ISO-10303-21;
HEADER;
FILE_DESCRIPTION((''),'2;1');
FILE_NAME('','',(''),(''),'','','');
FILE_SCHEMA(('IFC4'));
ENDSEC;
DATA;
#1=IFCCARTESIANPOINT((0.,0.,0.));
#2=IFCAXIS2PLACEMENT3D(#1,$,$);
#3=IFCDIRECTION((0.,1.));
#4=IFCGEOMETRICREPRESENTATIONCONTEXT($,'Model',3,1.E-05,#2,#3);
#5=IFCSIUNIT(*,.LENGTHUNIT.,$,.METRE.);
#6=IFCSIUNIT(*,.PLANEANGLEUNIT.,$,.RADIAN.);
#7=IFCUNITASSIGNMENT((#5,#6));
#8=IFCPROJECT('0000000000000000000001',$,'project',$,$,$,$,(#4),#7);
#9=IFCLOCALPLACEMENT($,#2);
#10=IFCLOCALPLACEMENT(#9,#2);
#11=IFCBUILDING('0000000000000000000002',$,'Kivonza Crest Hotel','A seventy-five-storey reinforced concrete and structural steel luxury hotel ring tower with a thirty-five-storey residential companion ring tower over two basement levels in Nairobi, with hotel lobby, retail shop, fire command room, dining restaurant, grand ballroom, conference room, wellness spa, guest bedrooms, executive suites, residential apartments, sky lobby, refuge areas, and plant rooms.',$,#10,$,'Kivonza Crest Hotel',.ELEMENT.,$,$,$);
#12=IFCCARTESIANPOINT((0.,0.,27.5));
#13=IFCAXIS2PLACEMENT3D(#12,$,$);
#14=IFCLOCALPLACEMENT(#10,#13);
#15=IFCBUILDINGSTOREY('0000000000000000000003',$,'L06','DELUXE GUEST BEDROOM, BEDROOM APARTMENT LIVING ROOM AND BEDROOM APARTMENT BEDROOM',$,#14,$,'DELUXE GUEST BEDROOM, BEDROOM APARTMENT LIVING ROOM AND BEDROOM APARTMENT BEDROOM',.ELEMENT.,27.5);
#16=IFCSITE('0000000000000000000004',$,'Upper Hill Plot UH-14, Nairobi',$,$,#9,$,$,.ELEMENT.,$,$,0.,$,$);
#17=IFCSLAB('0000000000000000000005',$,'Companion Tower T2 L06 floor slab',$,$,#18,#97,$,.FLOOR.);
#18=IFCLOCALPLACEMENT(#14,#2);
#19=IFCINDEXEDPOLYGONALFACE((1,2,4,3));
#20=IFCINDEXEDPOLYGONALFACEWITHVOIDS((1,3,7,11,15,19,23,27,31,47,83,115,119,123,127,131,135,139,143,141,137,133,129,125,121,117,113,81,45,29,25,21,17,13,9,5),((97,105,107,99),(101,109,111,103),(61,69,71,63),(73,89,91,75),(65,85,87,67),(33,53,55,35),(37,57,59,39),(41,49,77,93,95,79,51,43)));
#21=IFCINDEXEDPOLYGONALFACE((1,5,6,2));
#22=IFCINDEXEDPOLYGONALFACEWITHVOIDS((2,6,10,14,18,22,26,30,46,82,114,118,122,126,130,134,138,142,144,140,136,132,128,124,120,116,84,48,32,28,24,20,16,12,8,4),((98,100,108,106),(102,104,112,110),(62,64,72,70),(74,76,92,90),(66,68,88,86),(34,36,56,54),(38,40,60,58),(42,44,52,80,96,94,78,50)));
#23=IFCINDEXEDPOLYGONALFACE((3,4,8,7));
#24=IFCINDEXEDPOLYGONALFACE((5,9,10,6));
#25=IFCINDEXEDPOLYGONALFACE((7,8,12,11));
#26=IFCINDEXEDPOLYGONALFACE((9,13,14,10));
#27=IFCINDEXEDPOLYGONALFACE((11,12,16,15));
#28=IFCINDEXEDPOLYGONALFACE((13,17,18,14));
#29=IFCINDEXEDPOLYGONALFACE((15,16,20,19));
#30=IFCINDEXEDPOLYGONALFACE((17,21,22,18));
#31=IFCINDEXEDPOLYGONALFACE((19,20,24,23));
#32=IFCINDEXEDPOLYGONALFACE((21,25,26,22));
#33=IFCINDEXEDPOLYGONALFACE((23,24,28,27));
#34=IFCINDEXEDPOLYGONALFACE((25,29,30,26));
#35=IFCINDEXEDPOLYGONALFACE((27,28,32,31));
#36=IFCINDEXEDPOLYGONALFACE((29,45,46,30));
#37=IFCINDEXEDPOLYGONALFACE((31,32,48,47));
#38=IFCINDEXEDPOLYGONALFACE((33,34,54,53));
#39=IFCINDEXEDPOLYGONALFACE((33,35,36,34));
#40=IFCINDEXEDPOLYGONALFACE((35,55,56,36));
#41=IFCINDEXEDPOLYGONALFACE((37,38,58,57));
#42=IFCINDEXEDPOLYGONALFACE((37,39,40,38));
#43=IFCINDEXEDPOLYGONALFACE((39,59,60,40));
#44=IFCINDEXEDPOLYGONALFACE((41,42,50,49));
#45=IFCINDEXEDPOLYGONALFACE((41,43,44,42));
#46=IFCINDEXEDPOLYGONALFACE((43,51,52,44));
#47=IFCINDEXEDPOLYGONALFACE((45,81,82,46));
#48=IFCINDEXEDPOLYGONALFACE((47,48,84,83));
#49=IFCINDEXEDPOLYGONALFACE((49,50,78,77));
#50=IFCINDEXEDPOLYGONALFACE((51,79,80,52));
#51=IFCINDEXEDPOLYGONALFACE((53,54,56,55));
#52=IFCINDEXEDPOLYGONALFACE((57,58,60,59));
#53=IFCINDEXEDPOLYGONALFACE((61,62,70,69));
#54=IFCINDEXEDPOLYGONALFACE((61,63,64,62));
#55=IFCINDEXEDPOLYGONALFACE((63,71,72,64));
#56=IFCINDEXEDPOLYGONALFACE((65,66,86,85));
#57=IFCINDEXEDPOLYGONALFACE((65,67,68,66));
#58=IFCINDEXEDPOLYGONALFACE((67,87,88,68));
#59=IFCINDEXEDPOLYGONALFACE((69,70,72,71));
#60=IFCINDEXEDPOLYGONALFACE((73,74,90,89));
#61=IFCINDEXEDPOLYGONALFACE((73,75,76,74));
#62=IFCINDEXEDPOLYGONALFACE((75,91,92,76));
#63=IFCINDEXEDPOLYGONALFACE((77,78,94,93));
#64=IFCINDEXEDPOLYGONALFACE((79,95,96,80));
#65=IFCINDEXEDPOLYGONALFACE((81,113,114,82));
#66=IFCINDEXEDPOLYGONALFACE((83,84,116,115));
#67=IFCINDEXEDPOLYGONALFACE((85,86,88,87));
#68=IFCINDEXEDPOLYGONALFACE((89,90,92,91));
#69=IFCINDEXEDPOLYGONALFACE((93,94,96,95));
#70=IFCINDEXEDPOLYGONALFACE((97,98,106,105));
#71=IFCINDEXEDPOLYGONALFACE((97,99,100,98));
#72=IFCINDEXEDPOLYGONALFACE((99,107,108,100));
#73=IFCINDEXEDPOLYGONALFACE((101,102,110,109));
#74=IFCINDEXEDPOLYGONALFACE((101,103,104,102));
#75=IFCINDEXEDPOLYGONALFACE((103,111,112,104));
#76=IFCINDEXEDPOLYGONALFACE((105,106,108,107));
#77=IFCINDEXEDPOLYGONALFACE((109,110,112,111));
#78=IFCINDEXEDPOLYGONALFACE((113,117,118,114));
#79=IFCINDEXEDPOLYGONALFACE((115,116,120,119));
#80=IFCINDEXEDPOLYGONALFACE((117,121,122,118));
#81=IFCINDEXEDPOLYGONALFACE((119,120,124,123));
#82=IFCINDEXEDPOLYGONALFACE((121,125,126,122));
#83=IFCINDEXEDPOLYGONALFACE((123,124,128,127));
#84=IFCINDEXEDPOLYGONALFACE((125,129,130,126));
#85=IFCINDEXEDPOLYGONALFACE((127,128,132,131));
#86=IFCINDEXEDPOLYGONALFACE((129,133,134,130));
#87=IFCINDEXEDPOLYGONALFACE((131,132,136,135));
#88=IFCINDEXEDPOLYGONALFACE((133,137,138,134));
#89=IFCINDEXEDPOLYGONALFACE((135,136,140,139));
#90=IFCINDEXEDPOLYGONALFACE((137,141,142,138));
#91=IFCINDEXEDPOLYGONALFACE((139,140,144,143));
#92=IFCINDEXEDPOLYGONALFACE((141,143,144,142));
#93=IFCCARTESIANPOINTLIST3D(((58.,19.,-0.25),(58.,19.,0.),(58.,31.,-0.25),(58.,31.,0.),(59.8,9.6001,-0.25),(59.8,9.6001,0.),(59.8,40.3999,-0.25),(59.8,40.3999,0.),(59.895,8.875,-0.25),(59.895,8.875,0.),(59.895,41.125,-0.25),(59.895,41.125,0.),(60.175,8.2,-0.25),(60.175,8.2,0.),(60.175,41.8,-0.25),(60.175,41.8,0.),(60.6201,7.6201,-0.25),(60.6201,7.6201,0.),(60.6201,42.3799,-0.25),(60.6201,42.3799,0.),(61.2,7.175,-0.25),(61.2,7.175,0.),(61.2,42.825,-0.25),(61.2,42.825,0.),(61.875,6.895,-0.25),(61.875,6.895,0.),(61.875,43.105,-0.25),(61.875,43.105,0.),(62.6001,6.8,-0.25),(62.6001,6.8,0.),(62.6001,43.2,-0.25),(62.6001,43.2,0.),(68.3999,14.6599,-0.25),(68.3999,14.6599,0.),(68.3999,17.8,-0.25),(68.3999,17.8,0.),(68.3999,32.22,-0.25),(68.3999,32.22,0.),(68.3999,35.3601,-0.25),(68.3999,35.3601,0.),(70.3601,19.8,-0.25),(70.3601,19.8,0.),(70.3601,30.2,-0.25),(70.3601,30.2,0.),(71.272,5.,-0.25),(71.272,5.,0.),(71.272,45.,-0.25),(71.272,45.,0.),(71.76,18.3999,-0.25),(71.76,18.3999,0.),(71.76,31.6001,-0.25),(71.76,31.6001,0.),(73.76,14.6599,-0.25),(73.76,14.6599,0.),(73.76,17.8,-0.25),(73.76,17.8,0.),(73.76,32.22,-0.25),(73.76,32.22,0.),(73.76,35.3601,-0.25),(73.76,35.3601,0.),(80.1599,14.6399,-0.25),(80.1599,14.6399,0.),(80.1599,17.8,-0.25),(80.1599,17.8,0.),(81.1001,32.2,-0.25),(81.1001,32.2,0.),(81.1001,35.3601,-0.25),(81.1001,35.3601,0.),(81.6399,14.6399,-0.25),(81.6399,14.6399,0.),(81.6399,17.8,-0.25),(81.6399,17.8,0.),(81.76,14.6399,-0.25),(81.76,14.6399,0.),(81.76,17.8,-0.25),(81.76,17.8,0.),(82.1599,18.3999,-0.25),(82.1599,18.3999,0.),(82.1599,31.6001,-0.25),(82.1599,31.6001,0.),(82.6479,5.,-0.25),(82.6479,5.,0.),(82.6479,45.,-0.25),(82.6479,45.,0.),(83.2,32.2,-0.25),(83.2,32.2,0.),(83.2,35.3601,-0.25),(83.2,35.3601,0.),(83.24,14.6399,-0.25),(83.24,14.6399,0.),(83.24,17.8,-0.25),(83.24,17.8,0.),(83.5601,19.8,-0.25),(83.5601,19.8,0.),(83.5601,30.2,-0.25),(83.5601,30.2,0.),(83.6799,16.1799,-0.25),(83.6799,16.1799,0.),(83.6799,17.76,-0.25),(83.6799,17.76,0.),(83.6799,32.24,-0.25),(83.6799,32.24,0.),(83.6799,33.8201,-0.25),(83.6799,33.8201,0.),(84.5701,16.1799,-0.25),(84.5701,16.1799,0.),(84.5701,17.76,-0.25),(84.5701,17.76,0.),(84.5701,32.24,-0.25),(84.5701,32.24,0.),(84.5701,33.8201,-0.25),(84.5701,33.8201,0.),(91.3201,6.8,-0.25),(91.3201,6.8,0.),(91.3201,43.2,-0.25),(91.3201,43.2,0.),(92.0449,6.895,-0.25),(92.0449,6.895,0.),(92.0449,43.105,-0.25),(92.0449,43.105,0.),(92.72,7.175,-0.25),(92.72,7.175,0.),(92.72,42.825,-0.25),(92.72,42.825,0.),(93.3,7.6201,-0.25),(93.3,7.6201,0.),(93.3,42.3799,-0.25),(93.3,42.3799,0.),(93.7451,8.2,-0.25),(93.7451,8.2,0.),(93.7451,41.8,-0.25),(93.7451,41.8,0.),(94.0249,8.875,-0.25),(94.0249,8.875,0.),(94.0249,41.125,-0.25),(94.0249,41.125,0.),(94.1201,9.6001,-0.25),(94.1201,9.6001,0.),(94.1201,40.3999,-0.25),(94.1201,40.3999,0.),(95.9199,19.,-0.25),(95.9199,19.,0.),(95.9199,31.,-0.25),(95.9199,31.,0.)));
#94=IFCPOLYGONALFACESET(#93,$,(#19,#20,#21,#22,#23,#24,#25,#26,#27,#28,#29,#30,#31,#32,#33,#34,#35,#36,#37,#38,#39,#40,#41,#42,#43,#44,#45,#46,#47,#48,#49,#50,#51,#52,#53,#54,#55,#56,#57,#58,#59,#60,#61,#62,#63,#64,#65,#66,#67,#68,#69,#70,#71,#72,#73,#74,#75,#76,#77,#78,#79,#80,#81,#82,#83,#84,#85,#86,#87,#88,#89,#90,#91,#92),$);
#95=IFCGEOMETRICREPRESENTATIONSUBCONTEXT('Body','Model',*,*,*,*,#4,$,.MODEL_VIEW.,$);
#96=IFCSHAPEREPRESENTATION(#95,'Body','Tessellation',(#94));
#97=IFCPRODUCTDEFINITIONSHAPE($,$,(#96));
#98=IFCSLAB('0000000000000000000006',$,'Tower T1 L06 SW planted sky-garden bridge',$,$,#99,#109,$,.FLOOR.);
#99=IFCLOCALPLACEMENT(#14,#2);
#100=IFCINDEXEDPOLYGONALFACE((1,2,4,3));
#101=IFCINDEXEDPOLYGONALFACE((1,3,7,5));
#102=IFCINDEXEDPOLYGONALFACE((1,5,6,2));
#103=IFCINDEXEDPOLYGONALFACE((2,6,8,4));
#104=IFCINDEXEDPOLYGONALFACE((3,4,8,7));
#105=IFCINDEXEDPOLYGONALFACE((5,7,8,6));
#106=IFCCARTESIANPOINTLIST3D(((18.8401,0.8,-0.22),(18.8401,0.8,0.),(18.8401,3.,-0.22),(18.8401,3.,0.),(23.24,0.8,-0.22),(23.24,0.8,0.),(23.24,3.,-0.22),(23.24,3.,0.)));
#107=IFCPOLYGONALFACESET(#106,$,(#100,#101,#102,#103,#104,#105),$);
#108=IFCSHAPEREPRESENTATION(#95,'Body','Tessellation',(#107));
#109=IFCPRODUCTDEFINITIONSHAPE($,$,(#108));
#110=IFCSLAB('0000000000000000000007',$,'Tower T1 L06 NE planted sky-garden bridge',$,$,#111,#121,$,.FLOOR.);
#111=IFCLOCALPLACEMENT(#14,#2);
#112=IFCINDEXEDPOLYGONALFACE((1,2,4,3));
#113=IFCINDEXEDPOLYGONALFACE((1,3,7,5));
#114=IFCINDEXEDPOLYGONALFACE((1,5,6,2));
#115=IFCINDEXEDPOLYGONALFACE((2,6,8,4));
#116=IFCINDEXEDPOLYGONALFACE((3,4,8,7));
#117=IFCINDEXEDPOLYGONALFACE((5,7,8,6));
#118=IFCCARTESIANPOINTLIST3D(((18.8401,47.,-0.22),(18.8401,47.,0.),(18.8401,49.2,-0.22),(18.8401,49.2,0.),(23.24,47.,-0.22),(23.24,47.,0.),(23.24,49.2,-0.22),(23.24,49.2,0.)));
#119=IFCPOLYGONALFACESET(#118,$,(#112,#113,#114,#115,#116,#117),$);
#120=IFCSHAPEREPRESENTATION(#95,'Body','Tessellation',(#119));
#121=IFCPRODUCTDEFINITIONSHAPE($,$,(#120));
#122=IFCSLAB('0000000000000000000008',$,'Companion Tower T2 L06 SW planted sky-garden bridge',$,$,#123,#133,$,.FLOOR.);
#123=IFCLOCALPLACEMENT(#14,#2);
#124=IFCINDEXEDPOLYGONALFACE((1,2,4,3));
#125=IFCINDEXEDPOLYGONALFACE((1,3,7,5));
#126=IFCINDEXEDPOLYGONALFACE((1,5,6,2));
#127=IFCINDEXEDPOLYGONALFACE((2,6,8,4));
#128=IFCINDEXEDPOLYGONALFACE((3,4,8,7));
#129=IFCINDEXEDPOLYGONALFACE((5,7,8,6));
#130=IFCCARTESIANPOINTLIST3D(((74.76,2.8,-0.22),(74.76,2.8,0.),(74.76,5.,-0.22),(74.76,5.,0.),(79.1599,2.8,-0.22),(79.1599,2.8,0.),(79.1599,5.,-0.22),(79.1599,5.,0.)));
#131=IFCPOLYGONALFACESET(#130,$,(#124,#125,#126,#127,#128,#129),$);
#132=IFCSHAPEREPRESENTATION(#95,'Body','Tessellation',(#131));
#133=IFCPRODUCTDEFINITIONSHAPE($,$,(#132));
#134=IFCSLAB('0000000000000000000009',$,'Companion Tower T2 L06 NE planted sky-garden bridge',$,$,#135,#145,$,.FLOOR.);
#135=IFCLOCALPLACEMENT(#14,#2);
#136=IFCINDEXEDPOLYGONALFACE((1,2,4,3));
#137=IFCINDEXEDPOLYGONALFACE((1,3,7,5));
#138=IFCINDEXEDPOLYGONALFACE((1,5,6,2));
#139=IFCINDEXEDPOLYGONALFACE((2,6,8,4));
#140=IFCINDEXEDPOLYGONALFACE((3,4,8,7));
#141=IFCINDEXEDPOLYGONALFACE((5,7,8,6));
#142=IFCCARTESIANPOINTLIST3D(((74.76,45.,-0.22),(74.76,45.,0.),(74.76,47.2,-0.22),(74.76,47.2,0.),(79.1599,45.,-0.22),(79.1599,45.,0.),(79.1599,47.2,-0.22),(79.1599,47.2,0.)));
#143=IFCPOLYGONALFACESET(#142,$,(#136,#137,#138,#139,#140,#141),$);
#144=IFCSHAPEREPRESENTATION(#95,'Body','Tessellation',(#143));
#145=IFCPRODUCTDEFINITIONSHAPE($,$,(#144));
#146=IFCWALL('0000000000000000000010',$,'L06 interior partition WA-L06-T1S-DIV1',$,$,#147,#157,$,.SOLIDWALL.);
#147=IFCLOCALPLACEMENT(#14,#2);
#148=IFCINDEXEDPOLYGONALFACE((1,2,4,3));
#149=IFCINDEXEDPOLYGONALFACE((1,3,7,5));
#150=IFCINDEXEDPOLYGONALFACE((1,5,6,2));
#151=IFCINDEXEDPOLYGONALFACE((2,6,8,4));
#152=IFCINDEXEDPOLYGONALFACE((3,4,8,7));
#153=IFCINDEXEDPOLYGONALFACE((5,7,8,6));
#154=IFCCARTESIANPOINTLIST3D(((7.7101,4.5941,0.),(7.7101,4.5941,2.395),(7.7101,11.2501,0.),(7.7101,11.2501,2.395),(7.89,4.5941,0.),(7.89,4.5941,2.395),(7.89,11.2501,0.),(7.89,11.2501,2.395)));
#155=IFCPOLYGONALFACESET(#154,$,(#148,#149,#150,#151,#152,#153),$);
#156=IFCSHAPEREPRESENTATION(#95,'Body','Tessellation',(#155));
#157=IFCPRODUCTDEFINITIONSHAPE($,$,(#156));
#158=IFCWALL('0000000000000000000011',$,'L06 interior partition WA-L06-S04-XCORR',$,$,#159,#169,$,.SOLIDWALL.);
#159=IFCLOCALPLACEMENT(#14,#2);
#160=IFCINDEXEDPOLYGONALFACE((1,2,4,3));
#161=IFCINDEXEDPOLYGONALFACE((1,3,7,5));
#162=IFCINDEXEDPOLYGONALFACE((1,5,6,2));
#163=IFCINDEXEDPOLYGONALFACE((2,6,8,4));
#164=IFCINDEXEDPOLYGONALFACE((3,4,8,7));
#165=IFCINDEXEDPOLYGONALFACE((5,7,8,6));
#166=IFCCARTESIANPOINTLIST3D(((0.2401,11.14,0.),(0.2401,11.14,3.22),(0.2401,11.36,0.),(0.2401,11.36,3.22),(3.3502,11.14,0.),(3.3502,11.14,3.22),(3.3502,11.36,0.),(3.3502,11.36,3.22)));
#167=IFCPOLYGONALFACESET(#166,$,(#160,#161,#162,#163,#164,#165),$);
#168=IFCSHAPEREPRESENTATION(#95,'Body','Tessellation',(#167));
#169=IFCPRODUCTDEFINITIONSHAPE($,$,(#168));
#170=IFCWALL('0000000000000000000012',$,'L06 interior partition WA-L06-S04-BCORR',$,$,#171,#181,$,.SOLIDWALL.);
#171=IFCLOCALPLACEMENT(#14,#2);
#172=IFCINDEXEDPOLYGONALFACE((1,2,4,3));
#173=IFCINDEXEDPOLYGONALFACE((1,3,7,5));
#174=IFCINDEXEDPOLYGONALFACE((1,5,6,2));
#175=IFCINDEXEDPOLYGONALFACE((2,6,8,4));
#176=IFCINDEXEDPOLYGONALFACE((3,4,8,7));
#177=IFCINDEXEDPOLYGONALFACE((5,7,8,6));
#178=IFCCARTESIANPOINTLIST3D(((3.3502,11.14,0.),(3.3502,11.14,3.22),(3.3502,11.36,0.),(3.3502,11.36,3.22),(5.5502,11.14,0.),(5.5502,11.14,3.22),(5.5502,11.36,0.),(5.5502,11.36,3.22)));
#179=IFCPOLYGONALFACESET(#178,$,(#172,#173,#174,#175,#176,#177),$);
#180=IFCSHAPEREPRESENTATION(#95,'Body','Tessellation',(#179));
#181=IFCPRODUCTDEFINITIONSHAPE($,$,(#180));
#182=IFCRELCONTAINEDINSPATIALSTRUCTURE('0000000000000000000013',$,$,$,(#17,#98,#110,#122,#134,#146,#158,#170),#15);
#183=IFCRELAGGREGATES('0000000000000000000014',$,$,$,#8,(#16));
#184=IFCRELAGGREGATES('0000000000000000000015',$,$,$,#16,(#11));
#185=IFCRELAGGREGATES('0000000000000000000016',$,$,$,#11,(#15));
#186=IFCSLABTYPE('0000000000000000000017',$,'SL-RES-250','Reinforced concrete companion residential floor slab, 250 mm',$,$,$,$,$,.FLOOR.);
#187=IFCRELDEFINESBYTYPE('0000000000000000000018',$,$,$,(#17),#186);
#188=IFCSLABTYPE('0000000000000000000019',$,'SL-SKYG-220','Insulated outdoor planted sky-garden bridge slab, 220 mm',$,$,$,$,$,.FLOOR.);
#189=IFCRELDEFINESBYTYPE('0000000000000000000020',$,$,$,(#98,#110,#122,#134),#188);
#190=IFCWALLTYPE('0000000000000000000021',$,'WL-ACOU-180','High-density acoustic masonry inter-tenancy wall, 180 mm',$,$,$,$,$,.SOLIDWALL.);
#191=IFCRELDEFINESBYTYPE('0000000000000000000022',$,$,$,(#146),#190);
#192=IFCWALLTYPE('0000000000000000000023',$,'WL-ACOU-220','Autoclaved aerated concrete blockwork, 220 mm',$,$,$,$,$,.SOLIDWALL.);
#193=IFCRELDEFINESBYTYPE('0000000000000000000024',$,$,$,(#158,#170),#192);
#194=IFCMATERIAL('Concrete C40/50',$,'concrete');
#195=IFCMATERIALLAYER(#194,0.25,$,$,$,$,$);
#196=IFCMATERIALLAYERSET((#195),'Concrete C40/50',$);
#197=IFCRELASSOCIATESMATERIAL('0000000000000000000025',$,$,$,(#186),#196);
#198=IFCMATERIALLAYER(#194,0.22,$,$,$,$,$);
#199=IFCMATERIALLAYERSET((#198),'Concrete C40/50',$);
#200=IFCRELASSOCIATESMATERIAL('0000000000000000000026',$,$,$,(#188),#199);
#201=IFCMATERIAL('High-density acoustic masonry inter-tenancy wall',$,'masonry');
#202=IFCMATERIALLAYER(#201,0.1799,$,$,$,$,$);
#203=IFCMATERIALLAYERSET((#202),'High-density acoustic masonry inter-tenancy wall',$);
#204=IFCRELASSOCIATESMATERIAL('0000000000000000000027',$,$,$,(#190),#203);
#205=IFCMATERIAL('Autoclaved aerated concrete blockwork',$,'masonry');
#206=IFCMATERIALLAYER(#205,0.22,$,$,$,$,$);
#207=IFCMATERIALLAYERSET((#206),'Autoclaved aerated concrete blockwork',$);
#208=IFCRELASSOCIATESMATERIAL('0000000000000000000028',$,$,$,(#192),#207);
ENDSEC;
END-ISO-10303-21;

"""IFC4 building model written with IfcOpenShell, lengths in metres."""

from ifc_helpers import new_model, si_unit, direction, frame, frame_2d, origin, place, context, subcontext, project, spatial, polyline, rectangle, outline, extrude, material, layer, layer_set, type_object, element, save


model = new_model("IFC4")

# Units and contexts
model_context = context("Model", 3, precision=1e-05, world=origin(), true_north=direction((0.0, 1.0)))
body_context = subcontext(model_context, "Body", "Model", "MODEL_VIEW")
ifc_project = project(units=[si_unit("LENGTHUNIT", "METRE"), si_unit("PLANEANGLEUNIT", "RADIAN")], contexts=[model_context])

# Site, building, storey
site_placement = place(None, origin())
site = spatial("IfcSite", under=ifc_project, at=site_placement, Name="Upper Hill Plot UH-14, Nairobi", CompositionType="ELEMENT", RefElevation=0.0)
building_placement = place(site_placement, origin())
building = spatial("IfcBuilding", under=site, at=building_placement, Name="Kivonza Crest Hotel", Description="A seventy-five-storey reinforced concrete and structural steel luxury hotel ring tower with a thirty-five-storey residential companion ring tower over two basement levels in Nairobi, with hotel lobby, retail shop, fire command room, dining restaurant, grand ballroom, conference room, wellness spa, guest bedrooms, executive suites, residential apartments, sky lobby, refuge areas, and plant rooms.", LongName="Kivonza Crest Hotel", CompositionType="ELEMENT")
storey_placement = place(building_placement, frame((0.0, 0.0, 27.5)))
storey = spatial("IfcBuildingStorey", under=building, at=storey_placement, Name="L06", Description="DELUXE GUEST BEDROOM, BEDROOM APARTMENT LIVING ROOM AND BEDROOM APARTMENT BEDROOM", LongName="DELUXE GUEST BEDROOM, BEDROOM APARTMENT LIVING ROOM AND BEDROOM APARTMENT BEDROOM", CompositionType="ELEMENT", Elevation=27.5)

# Shared definitions
ifc_material_1 = material(Name="Concrete C40/50", Category="concrete")

# Slabs
ifc_layer_1 = layer(ifc_material_1, 0.25)
ifc_layer_set_1 = layer_set([ifc_layer_1], Name="Concrete C40/50")
slab_type_1 = type_object("IfcSlabType", Name="SL-RES-250", Description="Reinforced concrete companion residential floor slab, 250 mm", PredefinedType="FLOOR", material=ifc_layer_set_1)
slab_1_placement = place(storey_placement, frame((0.0, 0.0, -0.25)))
element("IfcSlab", 1, at=slab_1_placement, inside=storey, type_object=slab_type_1, Name="Companion Tower T2 L06 floor slab", PredefinedType="FLOOR", context=body_context, shape_type="SweptSolid", body=[
    extrude(outline(polyline([(59.8, 9.6001), (59.895, 8.875), (60.175, 8.2), (60.6201, 7.6201), (61.2, 7.175), (61.875, 6.895), (62.6001, 6.8), (71.272, 5.0), (82.6479, 5.0), (91.3201, 6.8), (92.0449, 6.895), (92.72, 7.175), (93.3, 7.6201), (93.7451, 8.2), (94.0249, 8.875), (94.1201, 9.6001), (95.9199, 19.0), (95.9199, 31.0), (94.1201, 40.3999), (94.0249, 41.125), (93.7451, 41.8), (93.3, 42.3799), (92.72, 42.825), (92.0449, 43.105), (91.3201, 43.2), (82.6479, 45.0), (71.272, 45.0), (62.6001, 43.2), (61.875, 43.105), (61.2, 42.825), (60.6201, 42.3799), (60.175, 41.8), (59.895, 41.125), (59.8, 40.3999), (58.0, 31.0), (58.0, 19.0), (59.8, 9.6001)]), holes=[polyline([(71.76, 18.3999), (82.1599, 18.3999), (83.5601, 19.8), (83.5601, 30.2), (82.1599, 31.6001), (71.76, 31.6001), (70.3601, 30.2), (70.3601, 19.8), (71.76, 18.3999)]), polyline([(68.3999, 32.22), (73.76, 32.22), (73.76, 35.3601), (68.3999, 35.3601), (68.3999, 32.22)]), polyline([(68.3999, 14.6599), (73.76, 14.6599), (73.76, 17.8), (68.3999, 17.8), (68.3999, 14.6599)]), polyline([(83.6799, 32.24), (84.5701, 32.24), (84.5701, 33.8201), (83.6799, 33.8201), (83.6799, 32.24)]), polyline([(83.6799, 16.1799), (84.5701, 16.1799), (84.5701, 17.76), (83.6799, 17.76), (83.6799, 16.1799)]), polyline([(81.1001, 32.2), (83.2, 32.2), (83.2, 35.3601), (81.1001, 35.3601), (81.1001, 32.2)]), polyline([(80.1599, 14.6399), (81.6399, 14.6399), (81.6399, 17.8), (80.1599, 17.8), (80.1599, 14.6399)]), polyline([(81.76, 14.6399), (83.24, 14.6399), (83.24, 17.8), (81.76, 17.8), (81.76, 14.6399)])]), origin(), (0.0, 0.0, 1.0), 0.25),
])
ifc_layer_2 = layer(ifc_material_1, 0.22)
ifc_layer_set_2 = layer_set([ifc_layer_2], Name="Concrete C40/50")
slab_type_2 = type_object("IfcSlabType", Name="SL-SKYG-220", Description="Insulated outdoor planted sky-garden bridge slab, 220 mm", PredefinedType="FLOOR", material=ifc_layer_set_2)
slab_2_placement = place(storey_placement, frame((0.0, 0.0, -0.22)))
element("IfcSlab", 2, at=slab_2_placement, inside=storey, type_object=slab_type_2, Name="Tower T1 L06 SW planted sky-garden bridge", PredefinedType="FLOOR", context=body_context, shape_type="SweptSolid", body=[
    extrude(outline(polyline([(18.8401, 0.8), (23.24, 0.8), (23.24, 3.0), (18.8401, 3.0), (18.8401, 0.8)])), origin(), (0.0, 0.0, 1.0), 0.22),
])
slab_3_placement = place(storey_placement, frame((0.0, 0.0, -0.22)))
element("IfcSlab", 3, at=slab_3_placement, inside=storey, type_object=slab_type_2, Name="Tower T1 L06 NE planted sky-garden bridge", PredefinedType="FLOOR", context=body_context, shape_type="SweptSolid", body=[
    extrude(outline(polyline([(18.8401, 47.0), (23.24, 47.0), (23.24, 49.2), (18.8401, 49.2), (18.8401, 47.0)])), origin(), (0.0, 0.0, 1.0), 0.22),
])
slab_4_placement = place(storey_placement, frame((0.0, 0.0, -0.22)))
element("IfcSlab", 4, at=slab_4_placement, inside=storey, type_object=slab_type_2, Name="Companion Tower T2 L06 SW planted sky-garden bridge", PredefinedType="FLOOR", context=body_context, shape_type="SweptSolid", body=[
    extrude(outline(polyline([(74.76, 2.8), (79.1599, 2.8), (79.1599, 5.0), (74.76, 5.0), (74.76, 2.8)])), origin(), (0.0, 0.0, 1.0), 0.22),
])
slab_5_placement = place(storey_placement, frame((0.0, 0.0, -0.22)))
element("IfcSlab", 5, at=slab_5_placement, inside=storey, type_object=slab_type_2, Name="Companion Tower T2 L06 NE planted sky-garden bridge", PredefinedType="FLOOR", context=body_context, shape_type="SweptSolid", body=[
    extrude(outline(polyline([(74.76, 45.0), (79.1599, 45.0), (79.1599, 47.2), (74.76, 47.2), (74.76, 45.0)])), origin(), (0.0, 0.0, 1.0), 0.22),
])

# Walls
ifc_material_2 = material(Name="High-density acoustic masonry inter-tenancy wall", Category="masonry")
ifc_layer_3 = layer(ifc_material_2, 0.1799)
ifc_layer_set_3 = layer_set([ifc_layer_3], Name="High-density acoustic masonry inter-tenancy wall")
wall_type_1 = type_object("IfcWallType", Name="WL-ACOU-180", Description="High-density acoustic masonry inter-tenancy wall, 180 mm", PredefinedType="SOLIDWALL", material=ifc_layer_set_3)
wall_1_placement = place(storey_placement, frame((7.8, 4.594, 0.0), z_axis=(0.0, 0.0, 1.0), x_axis=(0.0, 1.0, 0.0)))
element("IfcWall", 6, at=wall_1_placement, inside=storey, type_object=wall_type_1, Name="L06 interior partition WA-L06-T1S-DIV1", PredefinedType="SOLIDWALL", context=body_context, shape_type="SweptSolid", body=[
    extrude(rectangle(XDim=6.656, YDim=0.1799, at=frame_2d((3.3281, 0.0))), origin(), (0.0, 0.0, 1.0), 2.395),
])
ifc_material_3 = material(Name="Autoclaved aerated concrete blockwork", Category="masonry")
ifc_layer_4 = layer(ifc_material_3, 0.22)
ifc_layer_set_4 = layer_set([ifc_layer_4], Name="Autoclaved aerated concrete blockwork")
wall_type_2 = type_object("IfcWallType", Name="WL-ACOU-220", Description="Autoclaved aerated concrete blockwork, 220 mm", PredefinedType="SOLIDWALL", material=ifc_layer_set_4)
wall_2_placement = place(storey_placement, frame((0.24, 11.25, 0.0), z_axis=(0.0, 0.0, 1.0), x_axis=(1.0, 0.0, 0.0)))
element("IfcWall", 7, at=wall_2_placement, inside=storey, type_object=wall_type_2, Name="L06 interior partition WA-L06-S04-XCORR", PredefinedType="SOLIDWALL", context=body_context, shape_type="SweptSolid", body=[
    extrude(rectangle(XDim=3.1101, YDim=0.22, at=frame_2d((1.5552, 0.0))), origin(), (0.0, 0.0, 1.0), 3.22),
])
wall_3_placement = place(storey_placement, frame((3.3501, 11.25, 0.0), z_axis=(0.0, 0.0, 1.0), x_axis=(1.0, 0.0, 0.0)))
element("IfcWall", 8, at=wall_3_placement, inside=storey, type_object=wall_type_2, Name="L06 interior partition WA-L06-S04-BCORR", PredefinedType="SOLIDWALL", context=body_context, shape_type="SweptSolid", body=[
    extrude(rectangle(XDim=2.2, YDim=0.22, at=frame_2d((1.1001, 0.0))), origin(), (0.0, 0.0, 1.0), 3.22),
])

save(model, "model.ifc")
